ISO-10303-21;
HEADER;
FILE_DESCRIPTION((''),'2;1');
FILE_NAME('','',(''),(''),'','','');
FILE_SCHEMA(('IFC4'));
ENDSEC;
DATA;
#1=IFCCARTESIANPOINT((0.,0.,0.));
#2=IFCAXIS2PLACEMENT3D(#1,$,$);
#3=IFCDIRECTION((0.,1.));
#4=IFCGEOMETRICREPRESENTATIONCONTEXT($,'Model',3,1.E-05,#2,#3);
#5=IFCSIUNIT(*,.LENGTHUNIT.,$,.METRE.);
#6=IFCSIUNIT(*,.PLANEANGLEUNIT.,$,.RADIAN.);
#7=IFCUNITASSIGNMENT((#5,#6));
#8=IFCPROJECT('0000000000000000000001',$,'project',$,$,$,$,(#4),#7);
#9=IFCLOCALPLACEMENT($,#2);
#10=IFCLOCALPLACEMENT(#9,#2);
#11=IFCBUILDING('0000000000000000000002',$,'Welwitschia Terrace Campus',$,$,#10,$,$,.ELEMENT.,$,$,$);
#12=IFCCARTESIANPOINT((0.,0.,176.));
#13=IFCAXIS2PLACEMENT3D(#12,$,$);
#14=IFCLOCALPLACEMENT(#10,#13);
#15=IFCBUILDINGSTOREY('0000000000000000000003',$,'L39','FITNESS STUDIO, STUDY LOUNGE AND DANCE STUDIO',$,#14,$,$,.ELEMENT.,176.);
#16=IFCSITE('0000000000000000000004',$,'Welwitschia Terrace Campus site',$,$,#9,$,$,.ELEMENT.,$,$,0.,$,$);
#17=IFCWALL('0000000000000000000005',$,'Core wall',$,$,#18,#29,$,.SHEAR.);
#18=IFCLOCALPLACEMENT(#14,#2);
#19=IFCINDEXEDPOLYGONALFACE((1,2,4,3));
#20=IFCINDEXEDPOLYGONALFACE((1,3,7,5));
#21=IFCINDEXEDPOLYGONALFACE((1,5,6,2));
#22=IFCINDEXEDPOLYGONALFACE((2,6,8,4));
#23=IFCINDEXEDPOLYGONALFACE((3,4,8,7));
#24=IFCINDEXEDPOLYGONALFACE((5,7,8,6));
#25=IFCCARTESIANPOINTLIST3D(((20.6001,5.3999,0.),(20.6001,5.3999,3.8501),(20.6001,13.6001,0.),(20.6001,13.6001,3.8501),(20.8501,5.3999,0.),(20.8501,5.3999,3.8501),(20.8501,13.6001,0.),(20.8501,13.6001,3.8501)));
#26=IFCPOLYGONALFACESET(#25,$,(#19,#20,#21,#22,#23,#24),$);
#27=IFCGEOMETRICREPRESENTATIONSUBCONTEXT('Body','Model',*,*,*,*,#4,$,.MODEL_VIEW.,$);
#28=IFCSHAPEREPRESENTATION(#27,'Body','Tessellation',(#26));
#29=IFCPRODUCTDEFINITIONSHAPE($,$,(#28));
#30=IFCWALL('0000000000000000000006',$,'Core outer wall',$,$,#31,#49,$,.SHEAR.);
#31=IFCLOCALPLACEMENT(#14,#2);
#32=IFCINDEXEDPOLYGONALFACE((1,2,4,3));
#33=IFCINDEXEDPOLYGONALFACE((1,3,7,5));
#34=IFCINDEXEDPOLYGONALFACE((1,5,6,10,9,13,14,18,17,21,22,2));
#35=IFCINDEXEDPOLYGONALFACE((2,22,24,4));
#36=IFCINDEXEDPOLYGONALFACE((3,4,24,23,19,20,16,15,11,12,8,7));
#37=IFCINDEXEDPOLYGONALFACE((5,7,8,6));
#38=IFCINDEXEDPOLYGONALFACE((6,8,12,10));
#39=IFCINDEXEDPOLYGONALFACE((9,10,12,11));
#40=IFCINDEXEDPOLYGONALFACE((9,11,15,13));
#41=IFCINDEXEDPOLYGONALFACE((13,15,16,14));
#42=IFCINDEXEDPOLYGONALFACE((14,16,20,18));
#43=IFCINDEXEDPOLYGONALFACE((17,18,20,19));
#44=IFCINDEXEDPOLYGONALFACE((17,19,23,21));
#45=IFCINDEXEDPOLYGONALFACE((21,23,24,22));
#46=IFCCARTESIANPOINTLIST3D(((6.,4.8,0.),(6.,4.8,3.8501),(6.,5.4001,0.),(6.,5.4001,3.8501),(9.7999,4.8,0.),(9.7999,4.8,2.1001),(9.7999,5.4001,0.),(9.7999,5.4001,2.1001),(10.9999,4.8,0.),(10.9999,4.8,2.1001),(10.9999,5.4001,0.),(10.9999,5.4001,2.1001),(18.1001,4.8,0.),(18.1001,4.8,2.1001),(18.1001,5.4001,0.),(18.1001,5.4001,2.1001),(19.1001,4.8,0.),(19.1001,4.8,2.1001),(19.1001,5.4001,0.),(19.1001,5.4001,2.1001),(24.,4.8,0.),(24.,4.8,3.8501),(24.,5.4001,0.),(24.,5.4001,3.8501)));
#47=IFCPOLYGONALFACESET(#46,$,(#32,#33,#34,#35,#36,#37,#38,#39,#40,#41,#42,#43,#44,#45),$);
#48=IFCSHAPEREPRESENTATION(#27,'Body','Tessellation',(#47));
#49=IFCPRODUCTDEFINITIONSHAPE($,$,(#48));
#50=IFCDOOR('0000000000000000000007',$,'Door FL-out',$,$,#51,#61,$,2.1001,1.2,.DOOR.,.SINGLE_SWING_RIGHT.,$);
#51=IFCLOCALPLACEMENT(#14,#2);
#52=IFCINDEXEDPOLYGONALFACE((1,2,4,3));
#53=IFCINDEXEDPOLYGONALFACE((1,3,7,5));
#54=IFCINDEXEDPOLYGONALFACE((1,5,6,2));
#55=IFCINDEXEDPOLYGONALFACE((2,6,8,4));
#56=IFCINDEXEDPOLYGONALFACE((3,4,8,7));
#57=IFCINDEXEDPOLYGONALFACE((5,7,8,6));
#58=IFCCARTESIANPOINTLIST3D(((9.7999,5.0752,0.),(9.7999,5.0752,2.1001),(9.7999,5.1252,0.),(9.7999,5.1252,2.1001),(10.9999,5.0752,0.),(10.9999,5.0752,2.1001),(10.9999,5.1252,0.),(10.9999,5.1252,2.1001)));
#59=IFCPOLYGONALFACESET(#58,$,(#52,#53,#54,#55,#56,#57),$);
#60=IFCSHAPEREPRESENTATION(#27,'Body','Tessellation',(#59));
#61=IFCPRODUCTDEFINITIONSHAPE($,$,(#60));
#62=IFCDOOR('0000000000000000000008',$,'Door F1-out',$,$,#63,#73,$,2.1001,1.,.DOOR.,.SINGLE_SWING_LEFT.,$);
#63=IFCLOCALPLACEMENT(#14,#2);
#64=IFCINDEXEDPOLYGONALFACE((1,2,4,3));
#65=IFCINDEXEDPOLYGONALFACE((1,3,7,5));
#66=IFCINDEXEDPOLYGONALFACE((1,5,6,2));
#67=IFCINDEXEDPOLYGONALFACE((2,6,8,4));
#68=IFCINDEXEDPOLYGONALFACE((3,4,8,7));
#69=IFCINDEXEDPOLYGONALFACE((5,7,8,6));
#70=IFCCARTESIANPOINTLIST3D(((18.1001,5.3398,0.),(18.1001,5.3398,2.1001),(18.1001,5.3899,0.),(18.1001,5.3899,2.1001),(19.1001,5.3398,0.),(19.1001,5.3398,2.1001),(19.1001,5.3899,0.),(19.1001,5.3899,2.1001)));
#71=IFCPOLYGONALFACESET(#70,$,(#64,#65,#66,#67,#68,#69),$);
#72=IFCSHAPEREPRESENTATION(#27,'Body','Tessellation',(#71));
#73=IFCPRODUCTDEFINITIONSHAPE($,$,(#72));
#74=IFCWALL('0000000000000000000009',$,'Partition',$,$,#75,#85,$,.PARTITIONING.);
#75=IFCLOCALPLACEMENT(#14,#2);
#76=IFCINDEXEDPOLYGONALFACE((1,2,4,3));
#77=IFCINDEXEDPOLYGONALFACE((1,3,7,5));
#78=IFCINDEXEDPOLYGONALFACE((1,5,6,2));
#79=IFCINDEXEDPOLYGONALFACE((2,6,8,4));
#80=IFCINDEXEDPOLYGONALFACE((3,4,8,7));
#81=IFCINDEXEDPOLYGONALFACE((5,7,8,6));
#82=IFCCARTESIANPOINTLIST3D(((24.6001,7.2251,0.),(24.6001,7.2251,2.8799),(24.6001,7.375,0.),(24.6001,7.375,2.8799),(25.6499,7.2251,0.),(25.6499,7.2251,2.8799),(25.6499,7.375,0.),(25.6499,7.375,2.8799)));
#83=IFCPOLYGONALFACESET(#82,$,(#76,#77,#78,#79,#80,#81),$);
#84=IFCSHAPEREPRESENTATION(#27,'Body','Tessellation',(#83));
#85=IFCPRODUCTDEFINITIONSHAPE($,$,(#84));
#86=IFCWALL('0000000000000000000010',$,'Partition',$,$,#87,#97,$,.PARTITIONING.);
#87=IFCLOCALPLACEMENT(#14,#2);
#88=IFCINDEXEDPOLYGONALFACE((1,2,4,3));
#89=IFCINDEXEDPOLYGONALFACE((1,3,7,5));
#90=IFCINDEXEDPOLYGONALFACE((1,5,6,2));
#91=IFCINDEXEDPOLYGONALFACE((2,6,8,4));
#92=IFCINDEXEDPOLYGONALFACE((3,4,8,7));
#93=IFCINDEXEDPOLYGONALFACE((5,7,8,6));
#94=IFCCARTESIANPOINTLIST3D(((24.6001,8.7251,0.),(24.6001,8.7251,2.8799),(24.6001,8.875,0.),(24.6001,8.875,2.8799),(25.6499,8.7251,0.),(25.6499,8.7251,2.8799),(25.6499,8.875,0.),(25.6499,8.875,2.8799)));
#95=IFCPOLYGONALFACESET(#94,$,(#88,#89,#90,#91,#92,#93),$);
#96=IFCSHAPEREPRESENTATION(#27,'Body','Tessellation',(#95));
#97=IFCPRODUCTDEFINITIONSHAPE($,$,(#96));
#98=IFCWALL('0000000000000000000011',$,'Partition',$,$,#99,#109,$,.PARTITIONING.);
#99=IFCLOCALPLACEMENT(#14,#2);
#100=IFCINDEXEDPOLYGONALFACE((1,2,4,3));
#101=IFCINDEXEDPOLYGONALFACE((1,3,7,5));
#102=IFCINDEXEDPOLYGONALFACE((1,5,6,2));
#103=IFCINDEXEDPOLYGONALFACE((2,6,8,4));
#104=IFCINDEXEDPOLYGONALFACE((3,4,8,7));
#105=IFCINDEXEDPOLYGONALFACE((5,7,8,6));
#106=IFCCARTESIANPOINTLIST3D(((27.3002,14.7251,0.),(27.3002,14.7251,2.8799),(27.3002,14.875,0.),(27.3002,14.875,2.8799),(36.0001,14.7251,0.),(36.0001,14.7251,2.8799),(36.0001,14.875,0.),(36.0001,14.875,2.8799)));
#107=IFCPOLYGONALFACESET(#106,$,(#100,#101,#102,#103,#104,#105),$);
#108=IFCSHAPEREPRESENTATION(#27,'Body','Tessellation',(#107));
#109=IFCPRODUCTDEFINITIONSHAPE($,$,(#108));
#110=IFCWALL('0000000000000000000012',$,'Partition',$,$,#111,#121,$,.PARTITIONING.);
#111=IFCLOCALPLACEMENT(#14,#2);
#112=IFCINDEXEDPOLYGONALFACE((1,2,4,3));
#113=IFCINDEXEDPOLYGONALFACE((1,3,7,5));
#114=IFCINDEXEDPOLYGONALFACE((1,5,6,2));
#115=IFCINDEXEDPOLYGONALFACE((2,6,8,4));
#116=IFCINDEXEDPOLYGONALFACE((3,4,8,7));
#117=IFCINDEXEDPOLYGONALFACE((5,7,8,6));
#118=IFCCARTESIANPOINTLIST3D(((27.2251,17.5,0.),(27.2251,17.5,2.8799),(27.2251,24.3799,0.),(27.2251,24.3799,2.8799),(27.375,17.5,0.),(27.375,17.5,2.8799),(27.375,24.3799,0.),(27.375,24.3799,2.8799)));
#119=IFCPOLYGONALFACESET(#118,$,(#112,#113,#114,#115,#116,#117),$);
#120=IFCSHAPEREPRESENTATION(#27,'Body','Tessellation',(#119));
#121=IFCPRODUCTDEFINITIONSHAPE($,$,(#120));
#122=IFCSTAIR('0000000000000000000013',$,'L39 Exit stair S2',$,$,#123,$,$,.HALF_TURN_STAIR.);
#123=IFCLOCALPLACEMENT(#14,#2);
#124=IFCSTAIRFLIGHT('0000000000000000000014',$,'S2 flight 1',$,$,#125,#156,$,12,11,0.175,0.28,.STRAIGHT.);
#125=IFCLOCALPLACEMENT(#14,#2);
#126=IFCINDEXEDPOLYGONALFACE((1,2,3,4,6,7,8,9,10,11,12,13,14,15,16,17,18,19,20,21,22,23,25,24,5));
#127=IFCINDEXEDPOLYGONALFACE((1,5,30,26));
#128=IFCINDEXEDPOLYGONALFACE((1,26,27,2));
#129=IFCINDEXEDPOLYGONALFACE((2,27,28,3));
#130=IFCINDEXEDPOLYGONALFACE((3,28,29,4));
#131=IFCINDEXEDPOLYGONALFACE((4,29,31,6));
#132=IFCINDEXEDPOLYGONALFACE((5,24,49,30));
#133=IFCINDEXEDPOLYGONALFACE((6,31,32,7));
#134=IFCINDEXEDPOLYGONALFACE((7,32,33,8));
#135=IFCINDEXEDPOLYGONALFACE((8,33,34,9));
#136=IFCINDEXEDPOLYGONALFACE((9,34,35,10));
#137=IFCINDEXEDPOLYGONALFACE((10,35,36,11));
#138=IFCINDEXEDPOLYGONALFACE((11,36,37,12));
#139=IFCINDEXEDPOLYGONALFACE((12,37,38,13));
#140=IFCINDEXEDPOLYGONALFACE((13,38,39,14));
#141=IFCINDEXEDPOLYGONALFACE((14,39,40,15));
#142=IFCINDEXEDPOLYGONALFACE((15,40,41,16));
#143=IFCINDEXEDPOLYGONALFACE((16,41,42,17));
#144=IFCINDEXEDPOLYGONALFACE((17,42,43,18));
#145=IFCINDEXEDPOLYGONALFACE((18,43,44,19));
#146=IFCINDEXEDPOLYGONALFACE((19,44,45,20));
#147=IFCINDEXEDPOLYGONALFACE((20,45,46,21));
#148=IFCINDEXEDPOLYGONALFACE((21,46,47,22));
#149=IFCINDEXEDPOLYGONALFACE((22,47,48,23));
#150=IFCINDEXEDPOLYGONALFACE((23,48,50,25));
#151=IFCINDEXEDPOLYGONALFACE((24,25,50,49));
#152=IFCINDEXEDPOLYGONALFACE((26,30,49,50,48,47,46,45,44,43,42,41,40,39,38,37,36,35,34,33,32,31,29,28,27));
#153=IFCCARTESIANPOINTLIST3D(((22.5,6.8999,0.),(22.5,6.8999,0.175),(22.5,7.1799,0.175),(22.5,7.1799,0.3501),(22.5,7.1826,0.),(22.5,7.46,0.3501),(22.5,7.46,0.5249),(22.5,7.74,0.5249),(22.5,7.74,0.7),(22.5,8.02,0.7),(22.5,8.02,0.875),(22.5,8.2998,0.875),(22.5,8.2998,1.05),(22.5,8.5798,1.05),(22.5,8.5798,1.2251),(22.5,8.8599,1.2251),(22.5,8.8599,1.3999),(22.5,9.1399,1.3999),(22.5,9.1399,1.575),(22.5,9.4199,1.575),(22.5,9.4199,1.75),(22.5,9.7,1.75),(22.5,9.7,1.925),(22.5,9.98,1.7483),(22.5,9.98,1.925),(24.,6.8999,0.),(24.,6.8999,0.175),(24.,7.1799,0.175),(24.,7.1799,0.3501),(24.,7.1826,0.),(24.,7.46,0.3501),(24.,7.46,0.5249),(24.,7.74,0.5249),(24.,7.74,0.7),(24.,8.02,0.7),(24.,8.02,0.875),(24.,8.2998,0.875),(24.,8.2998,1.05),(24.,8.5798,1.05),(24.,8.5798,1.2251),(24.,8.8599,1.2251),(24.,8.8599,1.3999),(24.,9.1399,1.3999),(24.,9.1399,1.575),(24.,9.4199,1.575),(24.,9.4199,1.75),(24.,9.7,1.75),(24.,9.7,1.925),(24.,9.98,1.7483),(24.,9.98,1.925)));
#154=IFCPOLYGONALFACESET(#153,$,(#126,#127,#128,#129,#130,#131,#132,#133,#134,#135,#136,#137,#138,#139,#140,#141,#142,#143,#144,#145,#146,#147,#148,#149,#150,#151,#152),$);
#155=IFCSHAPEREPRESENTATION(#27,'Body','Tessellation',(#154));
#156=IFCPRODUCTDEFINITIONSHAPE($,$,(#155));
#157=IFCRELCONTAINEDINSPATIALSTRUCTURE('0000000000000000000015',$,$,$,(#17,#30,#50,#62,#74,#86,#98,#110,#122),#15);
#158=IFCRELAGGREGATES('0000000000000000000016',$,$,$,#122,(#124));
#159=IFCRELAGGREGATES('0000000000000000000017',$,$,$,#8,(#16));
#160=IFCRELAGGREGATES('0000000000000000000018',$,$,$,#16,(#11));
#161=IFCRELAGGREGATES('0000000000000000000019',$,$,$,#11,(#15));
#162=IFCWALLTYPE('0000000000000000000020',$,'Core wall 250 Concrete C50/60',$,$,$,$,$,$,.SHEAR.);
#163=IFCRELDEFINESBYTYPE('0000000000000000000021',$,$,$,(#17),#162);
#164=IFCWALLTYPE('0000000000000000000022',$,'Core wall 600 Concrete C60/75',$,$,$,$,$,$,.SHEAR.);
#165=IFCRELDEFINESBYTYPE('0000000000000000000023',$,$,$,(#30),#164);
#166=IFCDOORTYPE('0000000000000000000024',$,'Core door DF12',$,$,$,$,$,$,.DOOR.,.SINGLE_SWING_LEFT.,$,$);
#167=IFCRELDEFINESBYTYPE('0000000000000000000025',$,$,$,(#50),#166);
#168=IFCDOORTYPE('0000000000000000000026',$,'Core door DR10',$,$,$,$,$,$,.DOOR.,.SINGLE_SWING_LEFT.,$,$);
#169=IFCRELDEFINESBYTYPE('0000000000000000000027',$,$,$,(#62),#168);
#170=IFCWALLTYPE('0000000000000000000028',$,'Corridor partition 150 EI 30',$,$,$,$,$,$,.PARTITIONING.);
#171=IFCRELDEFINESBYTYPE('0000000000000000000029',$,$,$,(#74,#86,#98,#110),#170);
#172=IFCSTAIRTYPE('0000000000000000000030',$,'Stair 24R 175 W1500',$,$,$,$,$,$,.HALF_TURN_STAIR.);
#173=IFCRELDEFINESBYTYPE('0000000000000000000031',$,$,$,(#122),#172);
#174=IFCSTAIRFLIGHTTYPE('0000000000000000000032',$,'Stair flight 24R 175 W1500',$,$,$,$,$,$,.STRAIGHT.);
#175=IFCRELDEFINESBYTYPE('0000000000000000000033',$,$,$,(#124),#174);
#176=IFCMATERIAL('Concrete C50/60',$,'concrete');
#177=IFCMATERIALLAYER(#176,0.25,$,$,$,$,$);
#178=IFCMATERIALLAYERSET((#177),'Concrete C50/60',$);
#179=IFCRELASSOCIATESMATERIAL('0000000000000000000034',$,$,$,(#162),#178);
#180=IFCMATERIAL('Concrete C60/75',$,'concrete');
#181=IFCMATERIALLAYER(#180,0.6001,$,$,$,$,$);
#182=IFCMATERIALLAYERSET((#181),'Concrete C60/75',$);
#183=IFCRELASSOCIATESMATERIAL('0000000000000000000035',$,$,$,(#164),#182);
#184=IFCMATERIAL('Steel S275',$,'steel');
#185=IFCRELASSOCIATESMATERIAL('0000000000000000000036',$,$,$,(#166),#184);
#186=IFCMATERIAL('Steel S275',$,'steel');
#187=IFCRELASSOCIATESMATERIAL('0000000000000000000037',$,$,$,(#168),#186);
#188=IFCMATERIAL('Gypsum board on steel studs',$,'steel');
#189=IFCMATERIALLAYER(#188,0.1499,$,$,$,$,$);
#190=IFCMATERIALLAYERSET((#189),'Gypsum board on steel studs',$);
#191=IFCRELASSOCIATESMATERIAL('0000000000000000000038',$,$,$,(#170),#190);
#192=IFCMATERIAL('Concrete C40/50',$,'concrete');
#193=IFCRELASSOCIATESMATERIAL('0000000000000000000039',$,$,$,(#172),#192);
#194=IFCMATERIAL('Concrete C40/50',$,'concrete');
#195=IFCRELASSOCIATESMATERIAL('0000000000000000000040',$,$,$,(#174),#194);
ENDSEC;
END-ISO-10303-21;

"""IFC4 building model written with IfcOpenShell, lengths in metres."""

from ifc_helpers import new_model, si_unit, direction, frame, frame_2d, origin, place, context, subcontext, project, spatial, polyline, rectangle, outline, extrude, material, layer, layer_set, type_object, element, fill, aggregate, save


model = new_model("IFC4")

# Units and contexts
model_context = context("Model", 3, precision=1e-05, world=origin(), true_north=direction((0.0, 1.0)))
body_context = subcontext(model_context, "Body", "Model", "MODEL_VIEW")
ifc_project = project(units=[si_unit("LENGTHUNIT", "METRE"), si_unit("PLANEANGLEUNIT", "RADIAN")], contexts=[model_context])

# Site, building, storey
site_placement = place(None, origin())
site = spatial("IfcSite", under=ifc_project, at=site_placement, Name="Welwitschia Terrace Campus site", CompositionType="ELEMENT", RefElevation=0.0)
building_placement = place(site_placement, origin())
building = spatial("IfcBuilding", under=site, at=building_placement, Name="Welwitschia Terrace Campus", CompositionType="ELEMENT")
storey_placement = place(building_placement, frame((0.0, 0.0, 176.0)))
storey = spatial("IfcBuildingStorey", under=building, at=storey_placement, Name="L39", Description="FITNESS STUDIO, STUDY LOUNGE AND DANCE STUDIO", CompositionType="ELEMENT", Elevation=176.0)

# Wall
ifc_material_1 = material(Name="Concrete C50/60", Category="concrete")
ifc_layer_1 = layer(ifc_material_1, 0.25)
ifc_layer_set_1 = layer_set([ifc_layer_1], Name="Concrete C50/60")
wall_type_1 = type_object("IfcWallType", Name="Core wall 250 Concrete C50/60", PredefinedType="SHEAR", material=ifc_layer_set_1)
wall_1_placement = place(storey_placement, frame((20.7251, 5.3999, 0.0), z_axis=(0.0, 0.0, 1.0), x_axis=(0.0, 1.0, 0.0)))
element("IfcWall", 1, at=wall_1_placement, inside=storey, type_object=wall_type_1, Name="Core wall", PredefinedType="SHEAR", context=body_context, shape_type="SweptSolid", body=[
    extrude(rectangle(XDim=8.2002, YDim=0.25, at=frame_2d((4.1001, 0.0))), origin(), (0.0, 0.0, 1.0), 3.8501),
])

# Wall, openings, doors
ifc_material_2 = material(Name="Concrete C60/75", Category="concrete")
ifc_layer_2 = layer(ifc_material_2, 0.6001)
ifc_layer_set_2 = layer_set([ifc_layer_2], Name="Concrete C60/75")
wall_type_2 = type_object("IfcWallType", Name="Core wall 600 Concrete C60/75", PredefinedType="SHEAR", material=ifc_layer_set_2)
wall_2_placement = place(storey_placement, frame((24.0, 5.1001, 0.0), z_axis=(0.0, 0.0, 1.0), x_axis=(-1.0, 0.0, 0.0)))
wall_2 = element("IfcWall", 2, at=wall_2_placement, inside=storey, type_object=wall_type_2, Name="Core outer wall", PredefinedType="SHEAR", context=body_context, shape_type="SweptSolid", body=[
    extrude(rectangle(XDim=18.0, YDim=0.6001, at=frame_2d((9.0, 0.0))), origin(), (0.0, 0.0, 1.0), 3.8501),
])
opening_1_placement = place(wall_2_placement, frame((13.0, 0.0, 0.0)))
opening_1 = element("IfcOpeningElement", 3, at=opening_1_placement, cuts=wall_2, PredefinedType="OPENING", context=body_context, shape_type="SweptSolid", body=[
    extrude(rectangle(XDim=1.2, YDim=2.1001, at=frame_2d((0.6001, 1.05))), frame((0.0, 0.3101, 0.0), z_axis=(0.0, -1.0, 0.0), x_axis=(1.0, 0.0, 0.0)), (0.0, 0.0, 1.0), 0.6201),
])
opening_2_placement = place(wall_2_placement, frame((4.8999, 0.0, 0.0)))
opening_2 = element("IfcOpeningElement", 4, at=opening_2_placement, cuts=wall_2, PredefinedType="OPENING", context=body_context, shape_type="SweptSolid", body=[
    extrude(rectangle(XDim=1.0, YDim=2.1001, at=frame_2d((0.5, 1.05))), frame((0.0, 0.3101, 0.0), z_axis=(0.0, -1.0, 0.0), x_axis=(1.0, 0.0, 0.0)), (0.0, 0.0, 1.0), 0.6201),
])
ifc_material_3 = material(Name="Steel S275", Category="steel")
door_type_1 = type_object("IfcDoorType", Name="Core door DF12", OperationType="SINGLE_SWING_LEFT", PredefinedType="DOOR", material=ifc_material_3)
door_1_placement = place(opening_1_placement, origin())
door_1 = element("IfcDoor", 5, at=door_1_placement, inside=storey, type_object=door_type_1, Name="Door FL-out", OperationType="SINGLE_SWING_RIGHT", OverallHeight=2.1001, OverallWidth=1.2, PredefinedType="DOOR", context=body_context, shape_type="SweptSolid", body=[
    extrude(rectangle(XDim=1.2, YDim=2.1001, at=frame_2d((0.6001, 1.05))), frame((0.0, 0.0249, 0.0), z_axis=(0.0, -1.0, 0.0), x_axis=(1.0, 0.0, 0.0)), (0.0, 0.0, 1.0), 0.05),
])
fill(opening_1, door_1)
ifc_material_4 = material(Name="Steel S275", Category="steel")
door_type_2 = type_object("IfcDoorType", Name="Core door DR10", OperationType="SINGLE_SWING_LEFT", PredefinedType="DOOR", material=ifc_material_4)
door_2_placement = place(opening_2_placement, origin())
door_2 = element("IfcDoor", 6, at=door_2_placement, inside=storey, type_object=door_type_2, Name="Door F1-out", OperationType="SINGLE_SWING_LEFT", OverallHeight=2.1001, OverallWidth=1.0, PredefinedType="DOOR", context=body_context, shape_type="SweptSolid", body=[
    extrude(rectangle(XDim=1.0, YDim=2.1001, at=frame_2d((0.5, 1.05))), frame((0.0, -0.2397, 0.0), z_axis=(0.0, -1.0, 0.0), x_axis=(1.0, 0.0, 0.0)), (0.0, 0.0, 1.0), 0.05),
])
fill(opening_2, door_2)

# Walls
ifc_material_5 = material(Name="Gypsum board on steel studs", Category="steel")
ifc_layer_3 = layer(ifc_material_5, 0.1499)
ifc_layer_set_3 = layer_set([ifc_layer_3], Name="Gypsum board on steel studs")
wall_type_3 = type_object("IfcWallType", Name="Corridor partition 150 EI 30", PredefinedType="PARTITIONING", material=ifc_layer_set_3)
for number, where, z_axis, x_axis, name in (
    (7, (24.6001, 7.3, 0.0), (0.0, 0.0, 1.0), (1.0, 0.0, 0.0), "Partition"),
    (8, (24.6001, 8.8, 0.0), (0.0, 0.0, 1.0), (1.0, 0.0, 0.0), "Partition"),
):
    element("IfcWall", number, at=place(storey_placement, frame(where, z_axis=z_axis, x_axis=x_axis)), inside=storey, type_object=wall_type_3, Name=name, PredefinedType="PARTITIONING", context=body_context, shape_type="SweptSolid", body=[
        extrude(rectangle(XDim=1.0498, YDim=0.1499, at=frame_2d((0.5249, 0.0))), origin(), (0.0, 0.0, 1.0), 2.8799),
    ])
wall_3_placement = place(storey_placement, frame((27.3, 14.8, 0.0), z_axis=(0.0, 0.0, 1.0), x_axis=(1.0, 0.0, 0.0)))
element("IfcWall", 9, at=wall_3_placement, inside=storey, type_object=wall_type_3, Name="Partition", PredefinedType="PARTITIONING", context=body_context, shape_type="SweptSolid", body=[
    extrude(rectangle(XDim=8.7, YDim=0.1499, at=frame_2d((4.3501, 0.0))), origin(), (0.0, 0.0, 1.0), 2.8799),
])
wall_4_placement = place(storey_placement, frame((27.3, 17.5, 0.0), z_axis=(0.0, 0.0, 1.0), x_axis=(0.0, 1.0, 0.0)))
element("IfcWall", 10, at=wall_4_placement, inside=storey, type_object=wall_type_3, Name="Partition", PredefinedType="PARTITIONING", context=body_context, shape_type="SweptSolid", body=[
    extrude(rectangle(XDim=6.8799, YDim=0.1499, at=frame_2d((3.4399, 0.0))), origin(), (0.0, 0.0, 1.0), 2.8799),
])

# Stair, stair flight
ifc_material_6 = material(Name="Concrete C40/50", Category="concrete")
stair_type = type_object("IfcStairType", Name="Stair 24R 175 W1500", PredefinedType="HALF_TURN_STAIR", material=ifc_material_6)
stair_placement = place(storey_placement, origin())
stair = element("IfcStair", 11, at=stair_placement, inside=storey, type_object=stair_type, Name="L39 Exit stair S2", PredefinedType="HALF_TURN_STAIR")
ifc_material_7 = material(Name="Concrete C40/50", Category="concrete")
stair_flight_type = type_object("IfcStairFlightType", Name="Stair flight 24R 175 W1500", PredefinedType="STRAIGHT", material=ifc_material_7)
stair_flight_1_placement = place(storey_placement, frame((23.25, 6.8999, 0.0), z_axis=(0.0, 0.0, 1.0), x_axis=(0.0, 1.0, 0.0)))
stair_flight_1 = element("IfcStairFlight", 12, at=stair_flight_1_placement, type_object=stair_flight_type, Name="S2 flight 1", NumberOfRisers=12, NumberOfTreads=11, PredefinedType="STRAIGHT", RiserHeight=0.175, TreadLength=0.28, context=body_context, shape_type="SweptSolid", body=[
    extrude(outline(polyline([(0.0, 0.0), (0.0, 0.175), (0.28, 0.175), (0.28, 0.3501), (0.5601, 0.3501), (0.5601, 0.5249), (0.8401, 0.5249), (0.8401, 0.7), (1.1201, 0.7), (1.1201, 0.875), (1.3999, 0.875), (1.3999, 1.05), (1.6799, 1.05), (1.6799, 1.2251), (1.96, 1.2251), (1.96, 1.3999), (2.24, 1.3999), (2.24, 1.575), (2.52, 1.575), (2.52, 1.75), (2.8, 1.75), (2.8, 1.925), (3.0801, 1.925), (3.0801, 2.1001), (3.0801, 1.7483), (0.2827, 0.0), (0.0, 0.0)])), frame((0.0, 0.75, 0.0), z_axis=(0.0, -1.0, 0.0), x_axis=(1.0, 0.0, 0.0)), (0.0, 0.0, 1.0), 1.5),
])
aggregate(stair, [stair_flight_1])

save(model, "model.ifc")
